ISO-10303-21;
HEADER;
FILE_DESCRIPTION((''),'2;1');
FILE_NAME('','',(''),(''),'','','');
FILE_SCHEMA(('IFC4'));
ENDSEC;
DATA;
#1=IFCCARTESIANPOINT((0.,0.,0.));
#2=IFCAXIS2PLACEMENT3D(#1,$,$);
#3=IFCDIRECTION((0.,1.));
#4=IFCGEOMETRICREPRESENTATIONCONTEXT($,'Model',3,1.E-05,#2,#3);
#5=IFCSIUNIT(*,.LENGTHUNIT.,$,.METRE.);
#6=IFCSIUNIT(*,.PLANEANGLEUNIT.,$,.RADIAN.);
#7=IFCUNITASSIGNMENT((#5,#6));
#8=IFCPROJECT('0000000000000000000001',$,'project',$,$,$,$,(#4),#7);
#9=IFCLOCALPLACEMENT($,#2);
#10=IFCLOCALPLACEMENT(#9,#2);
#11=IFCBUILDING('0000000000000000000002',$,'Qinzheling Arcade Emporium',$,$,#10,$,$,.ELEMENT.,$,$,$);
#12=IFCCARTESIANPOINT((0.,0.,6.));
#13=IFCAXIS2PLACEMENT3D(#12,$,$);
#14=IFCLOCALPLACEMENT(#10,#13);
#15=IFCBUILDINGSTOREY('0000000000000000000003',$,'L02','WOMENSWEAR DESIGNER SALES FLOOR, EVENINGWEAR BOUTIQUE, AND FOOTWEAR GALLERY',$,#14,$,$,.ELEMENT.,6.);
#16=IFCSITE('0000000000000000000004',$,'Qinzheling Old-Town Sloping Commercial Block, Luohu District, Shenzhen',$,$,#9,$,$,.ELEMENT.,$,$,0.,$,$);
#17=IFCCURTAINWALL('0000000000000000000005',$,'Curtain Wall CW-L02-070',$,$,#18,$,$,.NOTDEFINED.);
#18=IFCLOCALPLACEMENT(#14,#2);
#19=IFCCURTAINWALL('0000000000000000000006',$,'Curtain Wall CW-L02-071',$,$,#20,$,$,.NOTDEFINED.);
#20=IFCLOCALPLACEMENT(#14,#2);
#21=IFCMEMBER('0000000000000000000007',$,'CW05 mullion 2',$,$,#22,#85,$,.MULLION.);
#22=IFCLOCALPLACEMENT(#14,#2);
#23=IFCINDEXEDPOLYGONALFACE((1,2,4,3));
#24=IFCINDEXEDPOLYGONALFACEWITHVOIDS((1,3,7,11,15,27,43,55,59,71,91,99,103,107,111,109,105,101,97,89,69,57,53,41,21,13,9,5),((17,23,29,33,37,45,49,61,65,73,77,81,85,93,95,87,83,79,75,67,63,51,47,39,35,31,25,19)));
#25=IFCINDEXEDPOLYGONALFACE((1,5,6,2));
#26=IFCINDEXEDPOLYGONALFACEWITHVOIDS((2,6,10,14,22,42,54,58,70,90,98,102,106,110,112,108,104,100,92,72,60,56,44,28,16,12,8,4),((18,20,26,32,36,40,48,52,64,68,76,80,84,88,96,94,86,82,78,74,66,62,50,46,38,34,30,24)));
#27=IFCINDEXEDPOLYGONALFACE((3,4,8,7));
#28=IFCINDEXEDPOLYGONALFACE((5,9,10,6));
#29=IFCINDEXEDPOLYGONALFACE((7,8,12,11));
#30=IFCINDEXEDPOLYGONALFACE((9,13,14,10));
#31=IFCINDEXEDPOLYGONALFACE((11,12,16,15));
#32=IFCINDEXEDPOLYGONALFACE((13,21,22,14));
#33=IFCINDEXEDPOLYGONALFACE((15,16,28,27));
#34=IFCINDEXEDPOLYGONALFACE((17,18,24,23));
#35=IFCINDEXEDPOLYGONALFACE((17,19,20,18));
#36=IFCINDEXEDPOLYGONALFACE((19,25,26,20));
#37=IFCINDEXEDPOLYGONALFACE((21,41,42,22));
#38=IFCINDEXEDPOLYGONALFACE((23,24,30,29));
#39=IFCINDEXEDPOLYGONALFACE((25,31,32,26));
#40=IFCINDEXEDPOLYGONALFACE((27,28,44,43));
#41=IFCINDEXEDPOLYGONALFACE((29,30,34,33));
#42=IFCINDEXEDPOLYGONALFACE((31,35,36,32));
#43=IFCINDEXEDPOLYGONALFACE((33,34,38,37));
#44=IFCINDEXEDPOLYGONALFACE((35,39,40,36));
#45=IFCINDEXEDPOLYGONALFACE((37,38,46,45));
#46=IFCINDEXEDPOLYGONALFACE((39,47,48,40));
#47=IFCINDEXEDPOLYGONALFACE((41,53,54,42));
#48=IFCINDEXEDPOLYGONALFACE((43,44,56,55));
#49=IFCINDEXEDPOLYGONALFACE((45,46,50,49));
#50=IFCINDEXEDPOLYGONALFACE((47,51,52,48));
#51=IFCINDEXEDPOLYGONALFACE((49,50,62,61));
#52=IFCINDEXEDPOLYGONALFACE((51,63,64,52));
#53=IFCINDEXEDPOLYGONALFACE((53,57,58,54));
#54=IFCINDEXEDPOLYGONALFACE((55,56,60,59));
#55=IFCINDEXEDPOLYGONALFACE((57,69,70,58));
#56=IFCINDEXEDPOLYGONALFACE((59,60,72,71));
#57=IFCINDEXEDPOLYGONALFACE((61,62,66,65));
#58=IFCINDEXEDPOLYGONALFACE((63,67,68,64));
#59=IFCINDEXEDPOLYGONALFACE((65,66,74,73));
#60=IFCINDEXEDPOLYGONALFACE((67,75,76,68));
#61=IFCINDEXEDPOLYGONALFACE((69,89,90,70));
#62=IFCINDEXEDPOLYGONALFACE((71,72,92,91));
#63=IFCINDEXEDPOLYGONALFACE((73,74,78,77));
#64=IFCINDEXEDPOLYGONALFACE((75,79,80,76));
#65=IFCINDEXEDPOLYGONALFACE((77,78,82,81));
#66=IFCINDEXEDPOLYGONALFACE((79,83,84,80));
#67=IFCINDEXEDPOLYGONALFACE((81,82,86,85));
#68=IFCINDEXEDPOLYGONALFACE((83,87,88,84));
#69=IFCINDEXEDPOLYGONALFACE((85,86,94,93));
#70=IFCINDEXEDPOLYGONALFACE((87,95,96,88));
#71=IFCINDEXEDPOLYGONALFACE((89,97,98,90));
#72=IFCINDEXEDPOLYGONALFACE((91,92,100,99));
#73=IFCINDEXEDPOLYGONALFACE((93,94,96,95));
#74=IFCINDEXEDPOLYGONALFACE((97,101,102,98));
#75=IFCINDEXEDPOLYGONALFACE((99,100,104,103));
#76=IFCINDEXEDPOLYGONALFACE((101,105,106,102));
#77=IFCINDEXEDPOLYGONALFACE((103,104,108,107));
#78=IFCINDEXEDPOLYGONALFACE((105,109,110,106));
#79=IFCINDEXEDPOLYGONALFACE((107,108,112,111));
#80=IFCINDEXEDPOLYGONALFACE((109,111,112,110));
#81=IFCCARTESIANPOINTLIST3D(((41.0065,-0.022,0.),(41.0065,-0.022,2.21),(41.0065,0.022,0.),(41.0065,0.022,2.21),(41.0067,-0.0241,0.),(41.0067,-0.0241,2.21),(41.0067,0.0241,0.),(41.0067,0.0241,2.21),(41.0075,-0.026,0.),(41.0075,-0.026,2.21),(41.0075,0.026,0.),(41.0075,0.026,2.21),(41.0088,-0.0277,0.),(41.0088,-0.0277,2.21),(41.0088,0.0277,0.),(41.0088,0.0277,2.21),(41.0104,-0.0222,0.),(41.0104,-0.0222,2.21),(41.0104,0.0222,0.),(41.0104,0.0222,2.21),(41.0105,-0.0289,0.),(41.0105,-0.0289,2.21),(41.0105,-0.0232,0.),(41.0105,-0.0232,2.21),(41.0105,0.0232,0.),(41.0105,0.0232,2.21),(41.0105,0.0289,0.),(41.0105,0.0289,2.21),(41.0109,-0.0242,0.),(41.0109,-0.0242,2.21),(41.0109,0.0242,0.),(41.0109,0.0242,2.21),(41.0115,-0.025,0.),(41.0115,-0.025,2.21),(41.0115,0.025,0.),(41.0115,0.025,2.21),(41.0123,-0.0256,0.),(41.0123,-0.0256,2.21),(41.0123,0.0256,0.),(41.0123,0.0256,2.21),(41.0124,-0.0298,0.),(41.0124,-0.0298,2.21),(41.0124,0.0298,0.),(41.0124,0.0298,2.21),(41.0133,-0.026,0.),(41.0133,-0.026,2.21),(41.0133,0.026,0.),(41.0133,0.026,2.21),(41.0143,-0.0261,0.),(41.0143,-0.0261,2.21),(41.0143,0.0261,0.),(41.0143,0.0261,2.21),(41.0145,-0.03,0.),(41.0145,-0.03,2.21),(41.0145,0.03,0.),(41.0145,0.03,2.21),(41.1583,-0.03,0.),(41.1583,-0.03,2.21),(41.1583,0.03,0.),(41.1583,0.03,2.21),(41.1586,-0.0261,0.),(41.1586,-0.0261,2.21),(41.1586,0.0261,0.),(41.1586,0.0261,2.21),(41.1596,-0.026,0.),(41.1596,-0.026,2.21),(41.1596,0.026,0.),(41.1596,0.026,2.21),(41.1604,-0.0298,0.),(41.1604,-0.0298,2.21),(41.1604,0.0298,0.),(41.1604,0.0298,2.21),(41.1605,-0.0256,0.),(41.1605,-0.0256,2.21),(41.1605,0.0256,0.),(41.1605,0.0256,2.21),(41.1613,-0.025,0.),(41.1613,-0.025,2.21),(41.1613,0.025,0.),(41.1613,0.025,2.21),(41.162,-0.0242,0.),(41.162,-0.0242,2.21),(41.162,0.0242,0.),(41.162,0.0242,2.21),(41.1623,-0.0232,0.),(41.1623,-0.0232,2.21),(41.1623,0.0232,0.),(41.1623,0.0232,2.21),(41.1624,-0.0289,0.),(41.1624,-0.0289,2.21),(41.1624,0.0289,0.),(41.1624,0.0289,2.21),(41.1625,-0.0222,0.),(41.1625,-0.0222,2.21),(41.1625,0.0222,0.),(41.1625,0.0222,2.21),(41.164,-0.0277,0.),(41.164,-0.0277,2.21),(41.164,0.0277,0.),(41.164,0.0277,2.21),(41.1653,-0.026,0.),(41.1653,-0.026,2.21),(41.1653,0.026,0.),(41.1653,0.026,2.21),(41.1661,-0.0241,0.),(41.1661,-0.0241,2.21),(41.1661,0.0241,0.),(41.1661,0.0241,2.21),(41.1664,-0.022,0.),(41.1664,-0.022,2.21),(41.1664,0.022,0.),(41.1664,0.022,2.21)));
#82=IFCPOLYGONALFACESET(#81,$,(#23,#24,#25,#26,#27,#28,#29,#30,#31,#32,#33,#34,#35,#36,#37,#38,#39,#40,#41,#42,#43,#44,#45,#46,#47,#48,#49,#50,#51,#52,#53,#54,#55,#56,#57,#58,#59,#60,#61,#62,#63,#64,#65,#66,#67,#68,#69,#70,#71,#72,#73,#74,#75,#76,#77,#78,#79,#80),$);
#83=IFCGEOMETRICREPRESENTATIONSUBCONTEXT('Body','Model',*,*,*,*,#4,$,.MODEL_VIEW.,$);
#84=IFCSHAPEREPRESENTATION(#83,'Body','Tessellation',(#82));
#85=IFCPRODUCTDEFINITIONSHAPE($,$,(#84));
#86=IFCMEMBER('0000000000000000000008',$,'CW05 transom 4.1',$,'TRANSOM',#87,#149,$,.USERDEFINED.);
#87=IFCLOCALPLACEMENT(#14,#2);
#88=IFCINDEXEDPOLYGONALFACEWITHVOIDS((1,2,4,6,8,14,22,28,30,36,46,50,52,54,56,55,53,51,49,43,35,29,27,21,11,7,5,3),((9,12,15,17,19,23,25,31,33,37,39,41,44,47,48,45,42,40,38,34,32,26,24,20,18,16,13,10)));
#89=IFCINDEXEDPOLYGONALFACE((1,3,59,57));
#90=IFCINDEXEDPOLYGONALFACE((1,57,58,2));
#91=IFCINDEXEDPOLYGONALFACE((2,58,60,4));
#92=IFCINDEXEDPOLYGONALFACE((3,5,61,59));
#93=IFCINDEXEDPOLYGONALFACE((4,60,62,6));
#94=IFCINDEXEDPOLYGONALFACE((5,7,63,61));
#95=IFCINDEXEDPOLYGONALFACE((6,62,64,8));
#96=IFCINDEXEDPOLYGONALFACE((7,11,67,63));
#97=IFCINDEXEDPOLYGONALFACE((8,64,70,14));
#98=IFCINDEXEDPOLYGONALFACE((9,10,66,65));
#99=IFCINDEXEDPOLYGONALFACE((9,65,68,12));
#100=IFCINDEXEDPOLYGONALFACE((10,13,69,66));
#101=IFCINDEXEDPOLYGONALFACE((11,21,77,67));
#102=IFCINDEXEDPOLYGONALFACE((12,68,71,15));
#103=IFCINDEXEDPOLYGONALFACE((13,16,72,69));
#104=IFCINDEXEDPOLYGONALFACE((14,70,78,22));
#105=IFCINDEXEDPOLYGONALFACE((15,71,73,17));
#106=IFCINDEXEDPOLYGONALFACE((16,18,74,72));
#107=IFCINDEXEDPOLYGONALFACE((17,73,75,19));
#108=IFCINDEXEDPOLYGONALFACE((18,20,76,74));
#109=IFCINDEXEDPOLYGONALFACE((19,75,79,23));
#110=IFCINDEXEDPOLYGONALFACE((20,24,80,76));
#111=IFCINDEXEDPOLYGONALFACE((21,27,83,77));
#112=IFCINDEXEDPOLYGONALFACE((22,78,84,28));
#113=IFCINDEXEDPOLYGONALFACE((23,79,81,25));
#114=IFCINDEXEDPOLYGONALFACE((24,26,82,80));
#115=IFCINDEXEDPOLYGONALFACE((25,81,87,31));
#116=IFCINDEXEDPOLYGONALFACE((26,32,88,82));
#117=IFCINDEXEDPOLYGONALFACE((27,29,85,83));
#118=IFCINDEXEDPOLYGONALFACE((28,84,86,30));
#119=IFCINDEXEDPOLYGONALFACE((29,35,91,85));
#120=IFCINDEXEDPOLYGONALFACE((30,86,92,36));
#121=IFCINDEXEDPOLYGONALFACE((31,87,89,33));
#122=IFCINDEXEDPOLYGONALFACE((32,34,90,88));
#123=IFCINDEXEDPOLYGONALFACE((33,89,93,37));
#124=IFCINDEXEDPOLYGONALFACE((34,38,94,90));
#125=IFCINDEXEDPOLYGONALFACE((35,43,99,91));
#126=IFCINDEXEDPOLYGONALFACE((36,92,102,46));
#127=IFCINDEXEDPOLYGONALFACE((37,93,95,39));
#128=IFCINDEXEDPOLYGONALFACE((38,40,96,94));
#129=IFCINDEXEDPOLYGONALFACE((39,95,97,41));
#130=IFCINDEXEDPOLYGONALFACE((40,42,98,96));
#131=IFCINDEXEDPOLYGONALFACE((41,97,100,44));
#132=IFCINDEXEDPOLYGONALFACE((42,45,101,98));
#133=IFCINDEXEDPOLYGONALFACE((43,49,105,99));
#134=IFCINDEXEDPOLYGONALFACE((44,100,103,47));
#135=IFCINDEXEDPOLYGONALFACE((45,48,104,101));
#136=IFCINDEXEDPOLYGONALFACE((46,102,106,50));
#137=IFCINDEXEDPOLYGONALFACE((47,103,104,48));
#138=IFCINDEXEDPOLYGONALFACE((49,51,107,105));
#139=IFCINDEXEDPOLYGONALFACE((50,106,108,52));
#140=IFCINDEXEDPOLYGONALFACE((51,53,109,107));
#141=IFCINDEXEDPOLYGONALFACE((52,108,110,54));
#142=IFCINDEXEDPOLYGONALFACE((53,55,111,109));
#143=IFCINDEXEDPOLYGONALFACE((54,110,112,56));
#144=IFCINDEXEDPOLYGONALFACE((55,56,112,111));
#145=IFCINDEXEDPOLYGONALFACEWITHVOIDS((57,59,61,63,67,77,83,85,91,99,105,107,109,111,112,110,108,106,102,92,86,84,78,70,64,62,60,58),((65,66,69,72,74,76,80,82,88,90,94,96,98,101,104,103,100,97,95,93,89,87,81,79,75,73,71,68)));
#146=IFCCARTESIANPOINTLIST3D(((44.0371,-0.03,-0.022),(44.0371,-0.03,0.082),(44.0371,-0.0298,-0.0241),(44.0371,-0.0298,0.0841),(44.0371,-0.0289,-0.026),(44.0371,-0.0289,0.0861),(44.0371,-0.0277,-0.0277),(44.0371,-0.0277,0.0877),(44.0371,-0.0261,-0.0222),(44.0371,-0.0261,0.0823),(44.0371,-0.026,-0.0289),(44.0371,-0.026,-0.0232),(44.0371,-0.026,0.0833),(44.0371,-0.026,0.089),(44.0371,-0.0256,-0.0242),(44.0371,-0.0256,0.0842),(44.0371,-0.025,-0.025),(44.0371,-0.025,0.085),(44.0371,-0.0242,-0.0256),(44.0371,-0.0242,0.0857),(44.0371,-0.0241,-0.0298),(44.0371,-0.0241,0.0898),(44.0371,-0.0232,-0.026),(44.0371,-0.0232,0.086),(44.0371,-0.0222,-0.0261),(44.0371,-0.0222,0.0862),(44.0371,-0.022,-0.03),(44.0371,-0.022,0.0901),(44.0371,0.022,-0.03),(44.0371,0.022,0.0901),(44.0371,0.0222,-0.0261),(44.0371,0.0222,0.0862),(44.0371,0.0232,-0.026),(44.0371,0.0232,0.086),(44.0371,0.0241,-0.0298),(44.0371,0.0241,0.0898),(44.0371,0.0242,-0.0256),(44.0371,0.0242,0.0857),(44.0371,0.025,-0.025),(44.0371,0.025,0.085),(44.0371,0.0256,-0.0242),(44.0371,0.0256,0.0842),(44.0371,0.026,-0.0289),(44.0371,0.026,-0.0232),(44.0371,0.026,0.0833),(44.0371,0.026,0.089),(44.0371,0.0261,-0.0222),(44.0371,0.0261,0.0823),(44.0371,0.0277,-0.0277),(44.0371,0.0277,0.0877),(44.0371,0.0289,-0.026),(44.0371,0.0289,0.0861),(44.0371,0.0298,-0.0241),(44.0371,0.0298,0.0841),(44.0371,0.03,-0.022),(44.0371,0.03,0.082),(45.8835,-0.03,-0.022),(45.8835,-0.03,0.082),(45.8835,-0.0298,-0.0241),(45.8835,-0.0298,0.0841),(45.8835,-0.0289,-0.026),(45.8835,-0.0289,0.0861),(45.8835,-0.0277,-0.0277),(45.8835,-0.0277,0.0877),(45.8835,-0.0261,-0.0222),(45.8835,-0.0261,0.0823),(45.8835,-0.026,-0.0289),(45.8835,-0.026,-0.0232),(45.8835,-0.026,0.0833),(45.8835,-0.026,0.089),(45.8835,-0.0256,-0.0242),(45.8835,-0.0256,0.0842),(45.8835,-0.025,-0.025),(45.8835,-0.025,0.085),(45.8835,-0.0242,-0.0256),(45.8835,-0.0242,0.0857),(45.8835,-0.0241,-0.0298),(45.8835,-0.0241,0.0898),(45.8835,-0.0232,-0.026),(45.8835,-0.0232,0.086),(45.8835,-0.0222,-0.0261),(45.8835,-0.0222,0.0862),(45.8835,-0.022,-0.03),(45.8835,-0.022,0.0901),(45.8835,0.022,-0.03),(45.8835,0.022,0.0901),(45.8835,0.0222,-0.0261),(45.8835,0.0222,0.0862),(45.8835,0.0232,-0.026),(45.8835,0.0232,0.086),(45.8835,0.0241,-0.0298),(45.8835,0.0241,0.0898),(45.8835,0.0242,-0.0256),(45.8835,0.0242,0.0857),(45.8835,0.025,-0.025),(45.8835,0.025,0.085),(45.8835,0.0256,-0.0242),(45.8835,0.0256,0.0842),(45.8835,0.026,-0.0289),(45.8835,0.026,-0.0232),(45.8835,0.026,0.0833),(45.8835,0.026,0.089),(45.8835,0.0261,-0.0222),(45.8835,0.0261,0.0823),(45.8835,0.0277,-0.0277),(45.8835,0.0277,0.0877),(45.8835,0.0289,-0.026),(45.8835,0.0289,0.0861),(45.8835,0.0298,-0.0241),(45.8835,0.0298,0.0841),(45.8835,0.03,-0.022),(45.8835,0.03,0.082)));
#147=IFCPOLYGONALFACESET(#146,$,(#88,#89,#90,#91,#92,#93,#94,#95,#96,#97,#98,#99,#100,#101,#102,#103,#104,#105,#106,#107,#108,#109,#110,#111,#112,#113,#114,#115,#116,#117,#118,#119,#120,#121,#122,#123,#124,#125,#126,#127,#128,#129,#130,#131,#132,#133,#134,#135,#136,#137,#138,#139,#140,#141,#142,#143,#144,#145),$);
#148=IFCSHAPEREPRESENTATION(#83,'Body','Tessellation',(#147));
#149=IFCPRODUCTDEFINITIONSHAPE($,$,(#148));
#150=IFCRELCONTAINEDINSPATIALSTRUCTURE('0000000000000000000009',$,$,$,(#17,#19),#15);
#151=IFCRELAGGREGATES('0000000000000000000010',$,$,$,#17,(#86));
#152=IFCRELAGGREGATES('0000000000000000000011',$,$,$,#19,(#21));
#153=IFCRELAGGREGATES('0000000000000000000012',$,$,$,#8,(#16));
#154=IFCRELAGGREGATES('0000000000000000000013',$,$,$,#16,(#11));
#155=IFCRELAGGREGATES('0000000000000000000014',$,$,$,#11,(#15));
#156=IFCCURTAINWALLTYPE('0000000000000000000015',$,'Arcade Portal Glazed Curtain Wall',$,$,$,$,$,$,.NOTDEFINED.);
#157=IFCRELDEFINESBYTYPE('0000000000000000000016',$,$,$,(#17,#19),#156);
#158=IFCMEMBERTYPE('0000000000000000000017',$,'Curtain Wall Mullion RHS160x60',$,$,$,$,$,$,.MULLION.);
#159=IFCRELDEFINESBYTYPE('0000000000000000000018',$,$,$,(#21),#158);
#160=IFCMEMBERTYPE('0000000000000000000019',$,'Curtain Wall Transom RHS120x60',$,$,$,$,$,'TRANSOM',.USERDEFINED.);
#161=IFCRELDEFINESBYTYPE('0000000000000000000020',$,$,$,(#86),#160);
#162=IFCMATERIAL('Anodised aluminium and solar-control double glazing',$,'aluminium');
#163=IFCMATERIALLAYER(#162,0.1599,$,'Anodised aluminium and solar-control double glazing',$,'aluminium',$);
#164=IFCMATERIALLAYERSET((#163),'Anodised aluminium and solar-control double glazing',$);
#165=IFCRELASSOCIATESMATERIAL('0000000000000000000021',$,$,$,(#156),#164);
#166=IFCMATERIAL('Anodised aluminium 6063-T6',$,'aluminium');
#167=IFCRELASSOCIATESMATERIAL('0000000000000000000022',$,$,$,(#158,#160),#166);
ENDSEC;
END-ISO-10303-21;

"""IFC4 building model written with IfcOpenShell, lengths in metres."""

from ifc_helpers import new_model, si_unit, direction, frame, origin, origin_2d, place, context, subcontext, project, spatial, hollow_rectangle, extrude, material, layer, layer_set, material_profile, profile_set, type_object, element, aggregate, save


model = new_model("IFC4")

# Units and contexts
model_context = context("Model", 3, precision=1e-05, world=origin(), true_north=direction((0.0, 1.0)))
body_context = subcontext(model_context, "Body", "Model", "MODEL_VIEW")
ifc_project = project(units=[si_unit("LENGTHUNIT", "METRE"), si_unit("PLANEANGLEUNIT", "RADIAN")], contexts=[model_context])

# Site, building, storey
site_placement = place(None, origin())
site = spatial("IfcSite", under=ifc_project, at=site_placement, Name="Qinzheling Old-Town Sloping Commercial Block, Luohu District, Shenzhen", CompositionType="ELEMENT", RefElevation=0.0)
building_placement = place(site_placement, origin())
building = spatial("IfcBuilding", under=site, at=building_placement, Name="Qinzheling Arcade Emporium", CompositionType="ELEMENT")
storey_placement = place(building_placement, frame((0.0, 0.0, 6.0)))
storey = spatial("IfcBuildingStorey", under=building, at=storey_placement, Name="L02", Description="WOMENSWEAR DESIGNER SALES FLOOR, EVENINGWEAR BOUTIQUE, AND FOOTWEAR GALLERY", CompositionType="ELEMENT", Elevation=6.0)

# Curtain walls, member
ifc_material_1 = material(Name="Anodised aluminium and solar-control double glazing", Category="aluminium")
ifc_layer_1 = layer(ifc_material_1, 0.1599, Name="Anodised aluminium and solar-control double glazing", Category="aluminium")
ifc_layer_set_1 = layer_set([ifc_layer_1], Name="Anodised aluminium and solar-control double glazing")
curtain_wall_type = type_object("IfcCurtainWallType", Name="Arcade Portal Glazed Curtain Wall", PredefinedType="NOTDEFINED", material=ifc_layer_set_1)
curtain_wall_1_placement = place(storey_placement, origin())
curtain_wall_1 = element("IfcCurtainWall", 1, at=curtain_wall_1_placement, inside=storey, type_object=curtain_wall_type, Name="Curtain Wall CW-L02-070", PredefinedType="NOTDEFINED")
ifc_material_2 = material(Name="Anodised aluminium 6063-T6", Category="aluminium")
ifc_material_profile_1 = material_profile(ifc_material_2, hollow_rectangle(XDim=0.0601, YDim=0.1599, WallThickness=0.0039, InnerFilletRadius=0.0039, OuterFilletRadius=0.0081, at=origin_2d()), Name="RHS 160x60x4", Category="aluminium")
ifc_profile_set_1 = profile_set([ifc_material_profile_1], Name="Anodised aluminium 6063-T6")
member_type_1 = type_object("IfcMemberType", Name="Curtain Wall Mullion RHS160x60", PredefinedType="MULLION", material=ifc_profile_set_1)
curtain_wall_2_placement = place(storey_placement, origin())
curtain_wall_2 = element("IfcCurtainWall", 2, at=curtain_wall_2_placement, inside=storey, type_object=curtain_wall_type, Name="Curtain Wall CW-L02-071", PredefinedType="NOTDEFINED")
member_1_placement = place(storey_placement, frame((41.0864, 0.0, 0.0), z_axis=(0.0, 0.0, 1.0), x_axis=(0.0, -1.0, 0.0)))
member_1 = element("IfcMember", 3, at=member_1_placement, type_object=member_type_1, Name="CW05 mullion 2", PredefinedType="MULLION", context=body_context, shape_type="SweptSolid", body=[
    extrude(hollow_rectangle(XDim=0.0601, YDim=0.1599, WallThickness=0.0039, InnerFilletRadius=0.0039, OuterFilletRadius=0.0081, at=origin_2d()), origin(), (0.0, 0.0, 1.0), 2.21),
])

# Member
ifc_material_profile_2 = material_profile(ifc_material_2, hollow_rectangle(XDim=0.0601, YDim=0.1201, WallThickness=0.0039, InnerFilletRadius=0.0039, OuterFilletRadius=0.0081, at=origin_2d()), Name="RHS 120x60x4", Category="aluminium")
ifc_profile_set_2 = profile_set([ifc_material_profile_2], Name="Anodised aluminium 6063-T6")
member_type_2 = type_object("IfcMemberType", Name="Curtain Wall Transom RHS120x60", ElementType="TRANSOM", PredefinedType="USERDEFINED", material=ifc_profile_set_2)
member_2_placement = place(storey_placement, frame((45.8835, 0.0, 0.03), z_axis=(-1.0, 0.0, 0.0), x_axis=(0.0, -1.0, 0.0)))
member_2 = element("IfcMember", 4, at=member_2_placement, type_object=member_type_2, Name="CW05 transom 4.1", ObjectType="TRANSOM", PredefinedType="USERDEFINED", context=body_context, shape_type="SweptSolid", body=[
    extrude(hollow_rectangle(XDim=0.0601, YDim=0.1201, WallThickness=0.0039, InnerFilletRadius=0.0039, OuterFilletRadius=0.0081, at=origin_2d()), origin(), (0.0, 0.0, 1.0), 1.8464),
])

aggregate(curtain_wall_1, [member_2])
aggregate(curtain_wall_2, [member_1])

save(model, "model.ifc")
